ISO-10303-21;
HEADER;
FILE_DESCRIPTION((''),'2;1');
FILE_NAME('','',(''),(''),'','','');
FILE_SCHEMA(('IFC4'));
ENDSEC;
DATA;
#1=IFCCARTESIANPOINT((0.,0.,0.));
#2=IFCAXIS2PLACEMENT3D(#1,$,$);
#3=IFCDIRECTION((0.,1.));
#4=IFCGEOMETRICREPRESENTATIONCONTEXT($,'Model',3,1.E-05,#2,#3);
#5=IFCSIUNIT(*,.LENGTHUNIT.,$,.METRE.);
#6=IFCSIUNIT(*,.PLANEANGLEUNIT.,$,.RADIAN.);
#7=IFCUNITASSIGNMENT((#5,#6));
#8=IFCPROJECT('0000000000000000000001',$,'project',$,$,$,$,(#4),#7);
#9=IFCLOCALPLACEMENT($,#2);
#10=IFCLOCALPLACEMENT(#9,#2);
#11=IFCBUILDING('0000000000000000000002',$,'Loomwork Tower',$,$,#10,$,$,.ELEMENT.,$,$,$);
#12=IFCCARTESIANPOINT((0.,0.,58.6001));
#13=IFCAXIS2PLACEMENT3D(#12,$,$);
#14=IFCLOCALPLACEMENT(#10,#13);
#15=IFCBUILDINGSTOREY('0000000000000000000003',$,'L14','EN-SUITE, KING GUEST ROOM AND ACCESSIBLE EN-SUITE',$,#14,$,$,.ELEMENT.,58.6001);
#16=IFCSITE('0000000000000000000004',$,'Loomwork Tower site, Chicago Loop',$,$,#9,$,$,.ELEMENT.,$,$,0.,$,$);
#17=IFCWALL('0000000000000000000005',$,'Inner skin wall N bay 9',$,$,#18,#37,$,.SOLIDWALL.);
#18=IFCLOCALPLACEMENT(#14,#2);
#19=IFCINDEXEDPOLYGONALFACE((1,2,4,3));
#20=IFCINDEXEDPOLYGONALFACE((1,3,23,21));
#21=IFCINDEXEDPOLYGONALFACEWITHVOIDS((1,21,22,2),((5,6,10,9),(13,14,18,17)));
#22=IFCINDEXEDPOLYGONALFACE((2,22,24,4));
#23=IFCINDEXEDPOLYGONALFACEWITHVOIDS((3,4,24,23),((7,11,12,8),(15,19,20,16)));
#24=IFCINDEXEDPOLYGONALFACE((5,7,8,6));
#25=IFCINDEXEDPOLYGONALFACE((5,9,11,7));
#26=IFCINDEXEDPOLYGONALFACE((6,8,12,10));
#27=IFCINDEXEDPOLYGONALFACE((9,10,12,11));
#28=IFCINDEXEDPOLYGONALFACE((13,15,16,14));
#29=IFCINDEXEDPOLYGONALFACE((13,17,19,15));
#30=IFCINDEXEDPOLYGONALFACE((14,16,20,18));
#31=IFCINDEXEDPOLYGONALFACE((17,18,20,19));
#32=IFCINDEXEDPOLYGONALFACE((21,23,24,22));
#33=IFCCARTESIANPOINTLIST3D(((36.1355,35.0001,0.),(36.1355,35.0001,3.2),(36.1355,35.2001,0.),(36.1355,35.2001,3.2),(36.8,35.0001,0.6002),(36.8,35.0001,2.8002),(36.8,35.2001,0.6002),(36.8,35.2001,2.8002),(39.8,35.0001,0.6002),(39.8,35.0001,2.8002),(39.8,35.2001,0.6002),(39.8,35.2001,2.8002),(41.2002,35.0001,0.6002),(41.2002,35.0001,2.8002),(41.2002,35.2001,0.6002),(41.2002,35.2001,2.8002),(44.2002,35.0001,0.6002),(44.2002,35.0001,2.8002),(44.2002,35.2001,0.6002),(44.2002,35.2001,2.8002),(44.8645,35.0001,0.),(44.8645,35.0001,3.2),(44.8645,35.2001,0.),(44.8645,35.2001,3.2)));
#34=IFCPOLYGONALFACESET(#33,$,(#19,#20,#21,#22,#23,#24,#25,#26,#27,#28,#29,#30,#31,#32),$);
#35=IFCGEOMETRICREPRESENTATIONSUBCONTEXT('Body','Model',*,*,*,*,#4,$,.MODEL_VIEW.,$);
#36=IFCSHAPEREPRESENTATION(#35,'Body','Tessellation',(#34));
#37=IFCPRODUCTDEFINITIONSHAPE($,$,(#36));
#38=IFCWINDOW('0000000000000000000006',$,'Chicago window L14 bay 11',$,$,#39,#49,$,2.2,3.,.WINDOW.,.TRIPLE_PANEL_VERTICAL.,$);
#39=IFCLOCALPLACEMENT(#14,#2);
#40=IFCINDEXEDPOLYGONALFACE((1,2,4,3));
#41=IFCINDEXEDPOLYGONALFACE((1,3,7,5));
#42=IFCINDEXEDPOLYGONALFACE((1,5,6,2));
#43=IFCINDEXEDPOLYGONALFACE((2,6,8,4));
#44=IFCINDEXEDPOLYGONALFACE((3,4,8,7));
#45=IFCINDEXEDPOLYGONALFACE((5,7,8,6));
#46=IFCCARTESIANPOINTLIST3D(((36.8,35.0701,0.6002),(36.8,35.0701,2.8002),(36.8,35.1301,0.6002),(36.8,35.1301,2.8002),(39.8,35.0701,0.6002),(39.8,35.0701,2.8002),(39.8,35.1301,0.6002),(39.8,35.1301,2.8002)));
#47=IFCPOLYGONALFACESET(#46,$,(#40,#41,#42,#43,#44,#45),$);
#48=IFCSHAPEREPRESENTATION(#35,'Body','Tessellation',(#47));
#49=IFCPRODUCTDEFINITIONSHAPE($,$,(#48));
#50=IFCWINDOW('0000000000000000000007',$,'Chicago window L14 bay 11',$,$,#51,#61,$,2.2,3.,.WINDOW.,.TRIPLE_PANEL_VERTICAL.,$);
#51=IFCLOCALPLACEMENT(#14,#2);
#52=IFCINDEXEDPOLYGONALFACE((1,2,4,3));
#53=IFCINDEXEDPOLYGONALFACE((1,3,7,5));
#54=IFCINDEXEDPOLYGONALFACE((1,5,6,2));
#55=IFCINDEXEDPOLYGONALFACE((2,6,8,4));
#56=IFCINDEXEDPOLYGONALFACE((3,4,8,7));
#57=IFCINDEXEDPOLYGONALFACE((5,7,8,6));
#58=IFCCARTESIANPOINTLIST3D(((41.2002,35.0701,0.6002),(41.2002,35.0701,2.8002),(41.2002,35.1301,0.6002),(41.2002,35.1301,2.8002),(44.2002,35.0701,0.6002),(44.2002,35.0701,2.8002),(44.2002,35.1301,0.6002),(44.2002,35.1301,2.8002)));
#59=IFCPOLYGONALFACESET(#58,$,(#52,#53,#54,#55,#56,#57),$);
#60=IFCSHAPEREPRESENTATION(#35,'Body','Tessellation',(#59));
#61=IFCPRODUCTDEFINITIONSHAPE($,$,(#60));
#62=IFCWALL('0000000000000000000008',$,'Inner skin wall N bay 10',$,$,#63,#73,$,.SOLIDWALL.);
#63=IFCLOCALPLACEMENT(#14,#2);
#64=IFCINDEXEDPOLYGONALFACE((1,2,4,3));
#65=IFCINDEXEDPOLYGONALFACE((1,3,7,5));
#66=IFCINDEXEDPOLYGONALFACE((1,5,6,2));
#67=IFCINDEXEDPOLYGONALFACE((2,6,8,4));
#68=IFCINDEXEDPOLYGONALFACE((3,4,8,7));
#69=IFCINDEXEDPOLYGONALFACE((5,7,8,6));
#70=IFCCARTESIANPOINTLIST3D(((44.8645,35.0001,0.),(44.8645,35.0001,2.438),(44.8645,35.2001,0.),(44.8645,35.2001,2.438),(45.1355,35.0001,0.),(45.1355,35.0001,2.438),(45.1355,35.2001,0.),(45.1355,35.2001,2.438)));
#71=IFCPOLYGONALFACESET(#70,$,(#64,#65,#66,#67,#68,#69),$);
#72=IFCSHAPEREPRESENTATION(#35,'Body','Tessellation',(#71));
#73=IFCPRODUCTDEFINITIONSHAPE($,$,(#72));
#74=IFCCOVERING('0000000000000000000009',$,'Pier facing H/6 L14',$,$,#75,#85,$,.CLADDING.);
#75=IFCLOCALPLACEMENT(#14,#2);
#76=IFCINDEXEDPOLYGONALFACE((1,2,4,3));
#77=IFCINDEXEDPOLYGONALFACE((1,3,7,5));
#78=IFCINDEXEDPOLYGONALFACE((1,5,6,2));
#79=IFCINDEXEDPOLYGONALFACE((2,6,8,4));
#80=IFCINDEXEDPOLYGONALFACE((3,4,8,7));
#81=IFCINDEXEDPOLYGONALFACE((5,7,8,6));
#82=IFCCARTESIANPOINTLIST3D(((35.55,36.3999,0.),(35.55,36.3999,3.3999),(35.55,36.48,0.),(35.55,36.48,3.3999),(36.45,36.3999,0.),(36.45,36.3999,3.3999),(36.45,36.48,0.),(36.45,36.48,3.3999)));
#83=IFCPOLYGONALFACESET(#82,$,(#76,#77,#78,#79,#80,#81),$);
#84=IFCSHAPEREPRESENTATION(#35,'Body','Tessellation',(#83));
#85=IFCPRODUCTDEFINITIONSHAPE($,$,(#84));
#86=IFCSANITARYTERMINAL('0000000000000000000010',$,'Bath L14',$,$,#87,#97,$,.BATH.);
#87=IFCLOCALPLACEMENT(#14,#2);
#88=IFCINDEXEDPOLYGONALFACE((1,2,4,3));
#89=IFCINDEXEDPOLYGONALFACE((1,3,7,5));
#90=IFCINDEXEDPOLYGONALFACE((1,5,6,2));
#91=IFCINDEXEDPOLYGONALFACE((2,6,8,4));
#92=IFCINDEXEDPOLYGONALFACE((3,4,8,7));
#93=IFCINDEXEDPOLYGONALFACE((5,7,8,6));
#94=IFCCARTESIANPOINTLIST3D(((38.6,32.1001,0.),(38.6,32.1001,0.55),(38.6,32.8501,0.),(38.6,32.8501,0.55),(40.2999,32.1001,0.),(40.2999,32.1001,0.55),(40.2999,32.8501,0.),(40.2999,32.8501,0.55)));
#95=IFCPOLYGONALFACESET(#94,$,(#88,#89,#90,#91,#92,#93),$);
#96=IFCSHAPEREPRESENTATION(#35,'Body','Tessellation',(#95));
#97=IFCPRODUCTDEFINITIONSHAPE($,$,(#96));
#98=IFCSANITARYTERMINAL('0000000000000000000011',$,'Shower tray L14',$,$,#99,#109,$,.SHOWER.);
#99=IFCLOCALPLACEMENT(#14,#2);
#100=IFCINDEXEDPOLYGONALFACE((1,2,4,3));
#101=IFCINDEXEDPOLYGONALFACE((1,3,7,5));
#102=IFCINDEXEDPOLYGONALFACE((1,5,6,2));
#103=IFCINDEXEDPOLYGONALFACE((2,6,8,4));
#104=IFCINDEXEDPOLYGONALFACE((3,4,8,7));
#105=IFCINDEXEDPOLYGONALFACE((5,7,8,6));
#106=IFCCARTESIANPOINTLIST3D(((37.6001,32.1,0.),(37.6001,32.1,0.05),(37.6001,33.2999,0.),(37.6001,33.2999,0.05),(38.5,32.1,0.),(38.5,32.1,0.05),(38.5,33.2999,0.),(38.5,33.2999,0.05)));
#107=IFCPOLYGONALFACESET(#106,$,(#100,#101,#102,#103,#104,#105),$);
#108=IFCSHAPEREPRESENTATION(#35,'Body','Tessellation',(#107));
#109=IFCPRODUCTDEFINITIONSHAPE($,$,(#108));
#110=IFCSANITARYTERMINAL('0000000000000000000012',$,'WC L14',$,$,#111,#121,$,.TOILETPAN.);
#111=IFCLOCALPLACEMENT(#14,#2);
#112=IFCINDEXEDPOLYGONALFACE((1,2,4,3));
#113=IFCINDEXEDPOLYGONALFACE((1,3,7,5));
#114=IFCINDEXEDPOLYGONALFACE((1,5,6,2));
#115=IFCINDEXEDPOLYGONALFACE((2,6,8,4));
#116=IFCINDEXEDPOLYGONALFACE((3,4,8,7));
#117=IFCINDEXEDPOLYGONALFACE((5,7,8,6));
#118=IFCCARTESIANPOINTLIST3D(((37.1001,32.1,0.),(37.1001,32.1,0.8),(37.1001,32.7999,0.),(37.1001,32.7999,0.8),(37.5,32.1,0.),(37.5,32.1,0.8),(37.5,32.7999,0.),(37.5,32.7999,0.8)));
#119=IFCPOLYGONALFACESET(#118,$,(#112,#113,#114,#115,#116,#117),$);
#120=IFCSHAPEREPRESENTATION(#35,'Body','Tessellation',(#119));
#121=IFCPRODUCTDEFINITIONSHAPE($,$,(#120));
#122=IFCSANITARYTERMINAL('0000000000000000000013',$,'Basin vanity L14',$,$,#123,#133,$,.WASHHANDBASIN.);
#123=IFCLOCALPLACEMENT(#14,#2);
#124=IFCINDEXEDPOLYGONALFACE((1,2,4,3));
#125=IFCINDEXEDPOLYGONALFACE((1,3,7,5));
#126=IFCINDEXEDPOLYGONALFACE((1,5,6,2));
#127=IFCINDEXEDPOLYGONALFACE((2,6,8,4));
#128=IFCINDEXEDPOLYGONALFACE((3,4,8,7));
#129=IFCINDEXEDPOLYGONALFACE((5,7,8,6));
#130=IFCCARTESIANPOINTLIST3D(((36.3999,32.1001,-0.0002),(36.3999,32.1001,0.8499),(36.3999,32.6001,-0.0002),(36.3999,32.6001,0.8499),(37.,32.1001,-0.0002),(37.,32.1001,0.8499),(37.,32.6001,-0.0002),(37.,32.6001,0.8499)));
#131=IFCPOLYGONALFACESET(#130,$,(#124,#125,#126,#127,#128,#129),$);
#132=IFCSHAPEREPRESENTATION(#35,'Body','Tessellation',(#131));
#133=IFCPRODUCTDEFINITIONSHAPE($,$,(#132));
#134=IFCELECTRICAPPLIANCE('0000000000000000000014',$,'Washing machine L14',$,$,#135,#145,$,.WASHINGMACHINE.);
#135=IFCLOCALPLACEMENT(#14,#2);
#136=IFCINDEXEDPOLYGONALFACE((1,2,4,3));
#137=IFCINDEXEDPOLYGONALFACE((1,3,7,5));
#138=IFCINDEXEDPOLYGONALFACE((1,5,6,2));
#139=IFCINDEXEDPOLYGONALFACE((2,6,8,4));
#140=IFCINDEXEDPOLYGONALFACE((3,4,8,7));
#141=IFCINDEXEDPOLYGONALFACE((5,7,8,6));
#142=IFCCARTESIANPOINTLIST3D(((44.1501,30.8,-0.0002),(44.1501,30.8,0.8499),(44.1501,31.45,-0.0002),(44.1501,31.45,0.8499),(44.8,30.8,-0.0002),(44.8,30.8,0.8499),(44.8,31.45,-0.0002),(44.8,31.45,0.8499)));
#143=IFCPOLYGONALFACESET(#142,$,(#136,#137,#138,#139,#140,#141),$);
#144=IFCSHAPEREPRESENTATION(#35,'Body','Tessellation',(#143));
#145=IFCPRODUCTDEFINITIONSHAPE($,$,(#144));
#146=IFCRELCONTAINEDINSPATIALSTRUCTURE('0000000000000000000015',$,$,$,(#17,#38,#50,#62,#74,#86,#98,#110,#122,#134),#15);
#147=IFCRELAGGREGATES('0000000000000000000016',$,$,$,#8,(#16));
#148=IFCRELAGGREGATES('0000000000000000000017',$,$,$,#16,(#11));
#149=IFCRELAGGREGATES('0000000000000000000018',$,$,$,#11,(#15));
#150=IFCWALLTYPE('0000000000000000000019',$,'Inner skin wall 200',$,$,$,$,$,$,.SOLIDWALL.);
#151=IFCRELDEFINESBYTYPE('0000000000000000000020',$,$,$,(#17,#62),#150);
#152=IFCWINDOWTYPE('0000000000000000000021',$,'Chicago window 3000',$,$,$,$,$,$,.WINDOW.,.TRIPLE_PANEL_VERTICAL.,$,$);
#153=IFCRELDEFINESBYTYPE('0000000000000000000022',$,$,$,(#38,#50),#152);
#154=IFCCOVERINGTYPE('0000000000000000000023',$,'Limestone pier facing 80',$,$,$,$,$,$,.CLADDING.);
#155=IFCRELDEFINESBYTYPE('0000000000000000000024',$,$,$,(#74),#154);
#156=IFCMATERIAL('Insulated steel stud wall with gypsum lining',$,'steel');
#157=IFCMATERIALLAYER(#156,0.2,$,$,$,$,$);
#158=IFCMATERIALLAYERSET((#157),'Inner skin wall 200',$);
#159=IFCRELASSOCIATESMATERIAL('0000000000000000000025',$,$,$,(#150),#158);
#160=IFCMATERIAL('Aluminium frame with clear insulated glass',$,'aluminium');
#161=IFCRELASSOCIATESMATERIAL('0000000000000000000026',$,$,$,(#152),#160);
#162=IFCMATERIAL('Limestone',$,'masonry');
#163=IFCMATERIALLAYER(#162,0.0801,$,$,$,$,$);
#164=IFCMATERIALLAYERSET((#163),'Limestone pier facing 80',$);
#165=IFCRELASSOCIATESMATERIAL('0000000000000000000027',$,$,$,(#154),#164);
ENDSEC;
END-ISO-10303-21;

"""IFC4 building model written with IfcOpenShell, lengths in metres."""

from ifc_helpers import new_model, si_unit, direction, frame, frame_2d, origin, origin_2d, place, context, subcontext, project, spatial, rectangle, extrude, material, layer, layer_set, type_object, element, fill, save


model = new_model("IFC4")

# Units and contexts
model_context = context("Model", 3, precision=1e-05, world=origin(), true_north=direction((0.0, 1.0)))
body_context = subcontext(model_context, "Body", "Model", "MODEL_VIEW")
ifc_project = project(units=[si_unit("LENGTHUNIT", "METRE"), si_unit("PLANEANGLEUNIT", "RADIAN")], contexts=[model_context])

# Site, building, storey
site_placement = place(None, origin())
site = spatial("IfcSite", under=ifc_project, at=site_placement, Name="Loomwork Tower site, Chicago Loop", CompositionType="ELEMENT", RefElevation=0.0)
building_placement = place(site_placement, origin())
building = spatial("IfcBuilding", under=site, at=building_placement, Name="Loomwork Tower", CompositionType="ELEMENT")
storey_placement = place(building_placement, frame((0.0, 0.0, 58.6001)))
storey = spatial("IfcBuildingStorey", under=building, at=storey_placement, Name="L14", Description="EN-SUITE, KING GUEST ROOM AND ACCESSIBLE EN-SUITE", CompositionType="ELEMENT", Elevation=58.6001)

# Wall, openings, windows
ifc_material_1 = material(Name="Insulated steel stud wall with gypsum lining", Category="steel")
ifc_layer_1 = layer(ifc_material_1, 0.2)
ifc_layer_set_1 = layer_set([ifc_layer_1], Name="Inner skin wall 200")
wall_type_1 = type_object("IfcWallType", Name="Inner skin wall 200", PredefinedType="SOLIDWALL", material=ifc_layer_set_1)
wall_1_placement = place(storey_placement, frame((36.1355, 35.1001, 0.0), z_axis=(0.0, 0.0, 1.0), x_axis=(1.0, 0.0, 0.0)))
wall_1 = element("IfcWall", 1, at=wall_1_placement, inside=storey, type_object=wall_type_1, Name="Inner skin wall N bay 9", PredefinedType="SOLIDWALL", context=body_context, shape_type="SweptSolid", body=[
    extrude(rectangle(XDim=8.729, YDim=0.2, at=frame_2d((4.3645, 0.0))), origin(), (0.0, 0.0, 1.0), 3.2),
])
opening_1_placement = place(wall_1_placement, frame((0.6646, 0.0, 0.6001)))
opening_1 = element("IfcOpeningElement", 2, at=opening_1_placement, cuts=wall_1, PredefinedType="OPENING", context=body_context, shape_type="SweptSolid", body=[
    extrude(rectangle(XDim=3.0, YDim=2.2, at=frame_2d((1.5, 1.1001))), frame((0.0, 0.1099, 0.0), z_axis=(0.0, -1.0, 0.0), x_axis=(1.0, 0.0, 0.0)), (0.0, 0.0, 1.0), 0.22),
])
opening_2_placement = place(wall_1_placement, frame((5.0647, 0.0, 0.6001)))
opening_2 = element("IfcOpeningElement", 3, at=opening_2_placement, cuts=wall_1, PredefinedType="OPENING", context=body_context, shape_type="SweptSolid", body=[
    extrude(rectangle(XDim=3.0, YDim=2.2, at=frame_2d((1.5, 1.1001))), frame((0.0, 0.1099, 0.0), z_axis=(0.0, -1.0, 0.0), x_axis=(1.0, 0.0, 0.0)), (0.0, 0.0, 1.0), 0.22),
])
ifc_material_2 = material(Name="Aluminium frame with clear insulated glass", Category="aluminium")
window_type = type_object("IfcWindowType", Name="Chicago window 3000", PartitioningType="TRIPLE_PANEL_VERTICAL", PredefinedType="WINDOW", material=ifc_material_2)
window_1_placement = place(opening_1_placement, origin())
window_1 = element("IfcWindow", 4, at=window_1_placement, inside=storey, type_object=window_type, Name="Chicago window L14 bay 11", OverallHeight=2.2, OverallWidth=3.0, PartitioningType="TRIPLE_PANEL_VERTICAL", PredefinedType="WINDOW", context=body_context, shape_type="SweptSolid", body=[
    extrude(rectangle(XDim=3.0, YDim=2.2, at=frame_2d((1.5, 1.1001))), frame((0.0, 0.03, 0.0), z_axis=(0.0, -1.0, 0.0), x_axis=(1.0, 0.0, 0.0)), (0.0, 0.0, 1.0), 0.0601),
])
fill(opening_1, window_1)
window_2_placement = place(opening_2_placement, origin())
window_2 = element("IfcWindow", 5, at=window_2_placement, inside=storey, type_object=window_type, Name="Chicago window L14 bay 11", OverallHeight=2.2, OverallWidth=3.0, PartitioningType="TRIPLE_PANEL_VERTICAL", PredefinedType="WINDOW", context=body_context, shape_type="SweptSolid", body=[
    extrude(rectangle(XDim=3.0, YDim=2.2, at=frame_2d((1.5, 1.1001))), frame((0.0, 0.03, 0.0), z_axis=(0.0, -1.0, 0.0), x_axis=(1.0, 0.0, 0.0)), (0.0, 0.0, 1.0), 0.0601),
])
fill(opening_2, window_2)

# Wall
wall_2_placement = place(storey_placement, frame((44.8645, 35.1001, 0.0), z_axis=(0.0, 0.0, 1.0), x_axis=(1.0, 0.0, 0.0)))
element("IfcWall", 6, at=wall_2_placement, inside=storey, type_object=wall_type_1, Name="Inner skin wall N bay 10", PredefinedType="SOLIDWALL", context=body_context, shape_type="SweptSolid", body=[
    extrude(rectangle(XDim=0.271, YDim=0.2, at=frame_2d((0.1355, 0.0))), origin(), (0.0, 0.0, 1.0), 2.438),
])

# Covering
ifc_material_3 = material(Name="Limestone", Category="masonry")
ifc_layer_2 = layer(ifc_material_3, 0.0801)
ifc_layer_set_2 = layer_set([ifc_layer_2], Name="Limestone pier facing 80")
covering_type = type_object("IfcCoveringType", Name="Limestone pier facing 80", PredefinedType="CLADDING", material=ifc_layer_set_2)
covering_placement = place(storey_placement, frame((36.0, 36.4399, 0.0), z_axis=(0.0, 0.0, 1.0), x_axis=(1.0, 0.0, 0.0)))
element("IfcCovering", 7, at=covering_placement, inside=storey, type_object=covering_type, Name="Pier facing H/6 L14", PredefinedType="CLADDING", context=body_context, shape_type="SweptSolid", body=[
    extrude(rectangle(XDim=0.8999, YDim=0.0801, at=origin_2d()), origin(), (0.0, 0.0, 1.0), 3.3999),
])

# Sanitary terminals
sanitary_terminal_1_placement = place(storey_placement, frame((39.45, 32.4751, 0.0), z_axis=(0.0, 0.0, 1.0), x_axis=(1.0, 0.0, 0.0)))
element("IfcSanitaryTerminal", 8, at=sanitary_terminal_1_placement, inside=storey, Name="Bath L14", PredefinedType="BATH", context=body_context, shape_type="SweptSolid", body=[
    extrude(rectangle(XDim=1.7, YDim=0.75, at=origin_2d()), origin(), (0.0, 0.0, 1.0), 0.55),
])
sanitary_terminal_2_placement = place(storey_placement, frame((38.05, 32.7, 0.0), z_axis=(0.0, 0.0, 1.0), x_axis=(1.0, 0.0, 0.0)))
element("IfcSanitaryTerminal", 9, at=sanitary_terminal_2_placement, inside=storey, Name="Shower tray L14", PredefinedType="SHOWER", context=body_context, shape_type="SweptSolid", body=[
    extrude(rectangle(XDim=0.8999, YDim=1.2, at=origin_2d()), origin(), (0.0, 0.0, 1.0), 0.05),
])
sanitary_terminal_3_placement = place(storey_placement, frame((37.3, 32.45, 0.0), z_axis=(0.0, 0.0, 1.0), x_axis=(1.0, 0.0, 0.0)))
element("IfcSanitaryTerminal", 10, at=sanitary_terminal_3_placement, inside=storey, Name="WC L14", PredefinedType="TOILETPAN", context=body_context, shape_type="SweptSolid", body=[
    extrude(rectangle(XDim=0.3999, YDim=0.7, at=origin_2d()), origin(), (0.0, 0.0, 1.0), 0.8),
])
sanitary_terminal_4_placement = place(storey_placement, frame((36.7, 32.3501, -0.0002), z_axis=(0.0, 0.0, 1.0), x_axis=(1.0, 0.0, 0.0)))
element("IfcSanitaryTerminal", 11, at=sanitary_terminal_4_placement, inside=storey, Name="Basin vanity L14", PredefinedType="WASHHANDBASIN", context=body_context, shape_type="SweptSolid", body=[
    extrude(rectangle(XDim=0.6001, YDim=0.5, at=origin_2d()), origin(), (0.0, 0.0, 1.0), 0.8501),
])

# Electric appliance
electric_appliance_placement = place(storey_placement, frame((44.4751, 31.125, -0.0002), z_axis=(0.0, 0.0, 1.0), x_axis=(1.0, 0.0, 0.0)))
element("IfcElectricAppliance", 12, at=electric_appliance_placement, inside=storey, Name="Washing machine L14", PredefinedType="WASHINGMACHINE", context=body_context, shape_type="SweptSolid", body=[
    extrude(rectangle(XDim=0.6499, YDim=0.6499, at=origin_2d()), origin(), (0.0, 0.0, 1.0), 0.8501),
])

save(model, "model.ifc")
